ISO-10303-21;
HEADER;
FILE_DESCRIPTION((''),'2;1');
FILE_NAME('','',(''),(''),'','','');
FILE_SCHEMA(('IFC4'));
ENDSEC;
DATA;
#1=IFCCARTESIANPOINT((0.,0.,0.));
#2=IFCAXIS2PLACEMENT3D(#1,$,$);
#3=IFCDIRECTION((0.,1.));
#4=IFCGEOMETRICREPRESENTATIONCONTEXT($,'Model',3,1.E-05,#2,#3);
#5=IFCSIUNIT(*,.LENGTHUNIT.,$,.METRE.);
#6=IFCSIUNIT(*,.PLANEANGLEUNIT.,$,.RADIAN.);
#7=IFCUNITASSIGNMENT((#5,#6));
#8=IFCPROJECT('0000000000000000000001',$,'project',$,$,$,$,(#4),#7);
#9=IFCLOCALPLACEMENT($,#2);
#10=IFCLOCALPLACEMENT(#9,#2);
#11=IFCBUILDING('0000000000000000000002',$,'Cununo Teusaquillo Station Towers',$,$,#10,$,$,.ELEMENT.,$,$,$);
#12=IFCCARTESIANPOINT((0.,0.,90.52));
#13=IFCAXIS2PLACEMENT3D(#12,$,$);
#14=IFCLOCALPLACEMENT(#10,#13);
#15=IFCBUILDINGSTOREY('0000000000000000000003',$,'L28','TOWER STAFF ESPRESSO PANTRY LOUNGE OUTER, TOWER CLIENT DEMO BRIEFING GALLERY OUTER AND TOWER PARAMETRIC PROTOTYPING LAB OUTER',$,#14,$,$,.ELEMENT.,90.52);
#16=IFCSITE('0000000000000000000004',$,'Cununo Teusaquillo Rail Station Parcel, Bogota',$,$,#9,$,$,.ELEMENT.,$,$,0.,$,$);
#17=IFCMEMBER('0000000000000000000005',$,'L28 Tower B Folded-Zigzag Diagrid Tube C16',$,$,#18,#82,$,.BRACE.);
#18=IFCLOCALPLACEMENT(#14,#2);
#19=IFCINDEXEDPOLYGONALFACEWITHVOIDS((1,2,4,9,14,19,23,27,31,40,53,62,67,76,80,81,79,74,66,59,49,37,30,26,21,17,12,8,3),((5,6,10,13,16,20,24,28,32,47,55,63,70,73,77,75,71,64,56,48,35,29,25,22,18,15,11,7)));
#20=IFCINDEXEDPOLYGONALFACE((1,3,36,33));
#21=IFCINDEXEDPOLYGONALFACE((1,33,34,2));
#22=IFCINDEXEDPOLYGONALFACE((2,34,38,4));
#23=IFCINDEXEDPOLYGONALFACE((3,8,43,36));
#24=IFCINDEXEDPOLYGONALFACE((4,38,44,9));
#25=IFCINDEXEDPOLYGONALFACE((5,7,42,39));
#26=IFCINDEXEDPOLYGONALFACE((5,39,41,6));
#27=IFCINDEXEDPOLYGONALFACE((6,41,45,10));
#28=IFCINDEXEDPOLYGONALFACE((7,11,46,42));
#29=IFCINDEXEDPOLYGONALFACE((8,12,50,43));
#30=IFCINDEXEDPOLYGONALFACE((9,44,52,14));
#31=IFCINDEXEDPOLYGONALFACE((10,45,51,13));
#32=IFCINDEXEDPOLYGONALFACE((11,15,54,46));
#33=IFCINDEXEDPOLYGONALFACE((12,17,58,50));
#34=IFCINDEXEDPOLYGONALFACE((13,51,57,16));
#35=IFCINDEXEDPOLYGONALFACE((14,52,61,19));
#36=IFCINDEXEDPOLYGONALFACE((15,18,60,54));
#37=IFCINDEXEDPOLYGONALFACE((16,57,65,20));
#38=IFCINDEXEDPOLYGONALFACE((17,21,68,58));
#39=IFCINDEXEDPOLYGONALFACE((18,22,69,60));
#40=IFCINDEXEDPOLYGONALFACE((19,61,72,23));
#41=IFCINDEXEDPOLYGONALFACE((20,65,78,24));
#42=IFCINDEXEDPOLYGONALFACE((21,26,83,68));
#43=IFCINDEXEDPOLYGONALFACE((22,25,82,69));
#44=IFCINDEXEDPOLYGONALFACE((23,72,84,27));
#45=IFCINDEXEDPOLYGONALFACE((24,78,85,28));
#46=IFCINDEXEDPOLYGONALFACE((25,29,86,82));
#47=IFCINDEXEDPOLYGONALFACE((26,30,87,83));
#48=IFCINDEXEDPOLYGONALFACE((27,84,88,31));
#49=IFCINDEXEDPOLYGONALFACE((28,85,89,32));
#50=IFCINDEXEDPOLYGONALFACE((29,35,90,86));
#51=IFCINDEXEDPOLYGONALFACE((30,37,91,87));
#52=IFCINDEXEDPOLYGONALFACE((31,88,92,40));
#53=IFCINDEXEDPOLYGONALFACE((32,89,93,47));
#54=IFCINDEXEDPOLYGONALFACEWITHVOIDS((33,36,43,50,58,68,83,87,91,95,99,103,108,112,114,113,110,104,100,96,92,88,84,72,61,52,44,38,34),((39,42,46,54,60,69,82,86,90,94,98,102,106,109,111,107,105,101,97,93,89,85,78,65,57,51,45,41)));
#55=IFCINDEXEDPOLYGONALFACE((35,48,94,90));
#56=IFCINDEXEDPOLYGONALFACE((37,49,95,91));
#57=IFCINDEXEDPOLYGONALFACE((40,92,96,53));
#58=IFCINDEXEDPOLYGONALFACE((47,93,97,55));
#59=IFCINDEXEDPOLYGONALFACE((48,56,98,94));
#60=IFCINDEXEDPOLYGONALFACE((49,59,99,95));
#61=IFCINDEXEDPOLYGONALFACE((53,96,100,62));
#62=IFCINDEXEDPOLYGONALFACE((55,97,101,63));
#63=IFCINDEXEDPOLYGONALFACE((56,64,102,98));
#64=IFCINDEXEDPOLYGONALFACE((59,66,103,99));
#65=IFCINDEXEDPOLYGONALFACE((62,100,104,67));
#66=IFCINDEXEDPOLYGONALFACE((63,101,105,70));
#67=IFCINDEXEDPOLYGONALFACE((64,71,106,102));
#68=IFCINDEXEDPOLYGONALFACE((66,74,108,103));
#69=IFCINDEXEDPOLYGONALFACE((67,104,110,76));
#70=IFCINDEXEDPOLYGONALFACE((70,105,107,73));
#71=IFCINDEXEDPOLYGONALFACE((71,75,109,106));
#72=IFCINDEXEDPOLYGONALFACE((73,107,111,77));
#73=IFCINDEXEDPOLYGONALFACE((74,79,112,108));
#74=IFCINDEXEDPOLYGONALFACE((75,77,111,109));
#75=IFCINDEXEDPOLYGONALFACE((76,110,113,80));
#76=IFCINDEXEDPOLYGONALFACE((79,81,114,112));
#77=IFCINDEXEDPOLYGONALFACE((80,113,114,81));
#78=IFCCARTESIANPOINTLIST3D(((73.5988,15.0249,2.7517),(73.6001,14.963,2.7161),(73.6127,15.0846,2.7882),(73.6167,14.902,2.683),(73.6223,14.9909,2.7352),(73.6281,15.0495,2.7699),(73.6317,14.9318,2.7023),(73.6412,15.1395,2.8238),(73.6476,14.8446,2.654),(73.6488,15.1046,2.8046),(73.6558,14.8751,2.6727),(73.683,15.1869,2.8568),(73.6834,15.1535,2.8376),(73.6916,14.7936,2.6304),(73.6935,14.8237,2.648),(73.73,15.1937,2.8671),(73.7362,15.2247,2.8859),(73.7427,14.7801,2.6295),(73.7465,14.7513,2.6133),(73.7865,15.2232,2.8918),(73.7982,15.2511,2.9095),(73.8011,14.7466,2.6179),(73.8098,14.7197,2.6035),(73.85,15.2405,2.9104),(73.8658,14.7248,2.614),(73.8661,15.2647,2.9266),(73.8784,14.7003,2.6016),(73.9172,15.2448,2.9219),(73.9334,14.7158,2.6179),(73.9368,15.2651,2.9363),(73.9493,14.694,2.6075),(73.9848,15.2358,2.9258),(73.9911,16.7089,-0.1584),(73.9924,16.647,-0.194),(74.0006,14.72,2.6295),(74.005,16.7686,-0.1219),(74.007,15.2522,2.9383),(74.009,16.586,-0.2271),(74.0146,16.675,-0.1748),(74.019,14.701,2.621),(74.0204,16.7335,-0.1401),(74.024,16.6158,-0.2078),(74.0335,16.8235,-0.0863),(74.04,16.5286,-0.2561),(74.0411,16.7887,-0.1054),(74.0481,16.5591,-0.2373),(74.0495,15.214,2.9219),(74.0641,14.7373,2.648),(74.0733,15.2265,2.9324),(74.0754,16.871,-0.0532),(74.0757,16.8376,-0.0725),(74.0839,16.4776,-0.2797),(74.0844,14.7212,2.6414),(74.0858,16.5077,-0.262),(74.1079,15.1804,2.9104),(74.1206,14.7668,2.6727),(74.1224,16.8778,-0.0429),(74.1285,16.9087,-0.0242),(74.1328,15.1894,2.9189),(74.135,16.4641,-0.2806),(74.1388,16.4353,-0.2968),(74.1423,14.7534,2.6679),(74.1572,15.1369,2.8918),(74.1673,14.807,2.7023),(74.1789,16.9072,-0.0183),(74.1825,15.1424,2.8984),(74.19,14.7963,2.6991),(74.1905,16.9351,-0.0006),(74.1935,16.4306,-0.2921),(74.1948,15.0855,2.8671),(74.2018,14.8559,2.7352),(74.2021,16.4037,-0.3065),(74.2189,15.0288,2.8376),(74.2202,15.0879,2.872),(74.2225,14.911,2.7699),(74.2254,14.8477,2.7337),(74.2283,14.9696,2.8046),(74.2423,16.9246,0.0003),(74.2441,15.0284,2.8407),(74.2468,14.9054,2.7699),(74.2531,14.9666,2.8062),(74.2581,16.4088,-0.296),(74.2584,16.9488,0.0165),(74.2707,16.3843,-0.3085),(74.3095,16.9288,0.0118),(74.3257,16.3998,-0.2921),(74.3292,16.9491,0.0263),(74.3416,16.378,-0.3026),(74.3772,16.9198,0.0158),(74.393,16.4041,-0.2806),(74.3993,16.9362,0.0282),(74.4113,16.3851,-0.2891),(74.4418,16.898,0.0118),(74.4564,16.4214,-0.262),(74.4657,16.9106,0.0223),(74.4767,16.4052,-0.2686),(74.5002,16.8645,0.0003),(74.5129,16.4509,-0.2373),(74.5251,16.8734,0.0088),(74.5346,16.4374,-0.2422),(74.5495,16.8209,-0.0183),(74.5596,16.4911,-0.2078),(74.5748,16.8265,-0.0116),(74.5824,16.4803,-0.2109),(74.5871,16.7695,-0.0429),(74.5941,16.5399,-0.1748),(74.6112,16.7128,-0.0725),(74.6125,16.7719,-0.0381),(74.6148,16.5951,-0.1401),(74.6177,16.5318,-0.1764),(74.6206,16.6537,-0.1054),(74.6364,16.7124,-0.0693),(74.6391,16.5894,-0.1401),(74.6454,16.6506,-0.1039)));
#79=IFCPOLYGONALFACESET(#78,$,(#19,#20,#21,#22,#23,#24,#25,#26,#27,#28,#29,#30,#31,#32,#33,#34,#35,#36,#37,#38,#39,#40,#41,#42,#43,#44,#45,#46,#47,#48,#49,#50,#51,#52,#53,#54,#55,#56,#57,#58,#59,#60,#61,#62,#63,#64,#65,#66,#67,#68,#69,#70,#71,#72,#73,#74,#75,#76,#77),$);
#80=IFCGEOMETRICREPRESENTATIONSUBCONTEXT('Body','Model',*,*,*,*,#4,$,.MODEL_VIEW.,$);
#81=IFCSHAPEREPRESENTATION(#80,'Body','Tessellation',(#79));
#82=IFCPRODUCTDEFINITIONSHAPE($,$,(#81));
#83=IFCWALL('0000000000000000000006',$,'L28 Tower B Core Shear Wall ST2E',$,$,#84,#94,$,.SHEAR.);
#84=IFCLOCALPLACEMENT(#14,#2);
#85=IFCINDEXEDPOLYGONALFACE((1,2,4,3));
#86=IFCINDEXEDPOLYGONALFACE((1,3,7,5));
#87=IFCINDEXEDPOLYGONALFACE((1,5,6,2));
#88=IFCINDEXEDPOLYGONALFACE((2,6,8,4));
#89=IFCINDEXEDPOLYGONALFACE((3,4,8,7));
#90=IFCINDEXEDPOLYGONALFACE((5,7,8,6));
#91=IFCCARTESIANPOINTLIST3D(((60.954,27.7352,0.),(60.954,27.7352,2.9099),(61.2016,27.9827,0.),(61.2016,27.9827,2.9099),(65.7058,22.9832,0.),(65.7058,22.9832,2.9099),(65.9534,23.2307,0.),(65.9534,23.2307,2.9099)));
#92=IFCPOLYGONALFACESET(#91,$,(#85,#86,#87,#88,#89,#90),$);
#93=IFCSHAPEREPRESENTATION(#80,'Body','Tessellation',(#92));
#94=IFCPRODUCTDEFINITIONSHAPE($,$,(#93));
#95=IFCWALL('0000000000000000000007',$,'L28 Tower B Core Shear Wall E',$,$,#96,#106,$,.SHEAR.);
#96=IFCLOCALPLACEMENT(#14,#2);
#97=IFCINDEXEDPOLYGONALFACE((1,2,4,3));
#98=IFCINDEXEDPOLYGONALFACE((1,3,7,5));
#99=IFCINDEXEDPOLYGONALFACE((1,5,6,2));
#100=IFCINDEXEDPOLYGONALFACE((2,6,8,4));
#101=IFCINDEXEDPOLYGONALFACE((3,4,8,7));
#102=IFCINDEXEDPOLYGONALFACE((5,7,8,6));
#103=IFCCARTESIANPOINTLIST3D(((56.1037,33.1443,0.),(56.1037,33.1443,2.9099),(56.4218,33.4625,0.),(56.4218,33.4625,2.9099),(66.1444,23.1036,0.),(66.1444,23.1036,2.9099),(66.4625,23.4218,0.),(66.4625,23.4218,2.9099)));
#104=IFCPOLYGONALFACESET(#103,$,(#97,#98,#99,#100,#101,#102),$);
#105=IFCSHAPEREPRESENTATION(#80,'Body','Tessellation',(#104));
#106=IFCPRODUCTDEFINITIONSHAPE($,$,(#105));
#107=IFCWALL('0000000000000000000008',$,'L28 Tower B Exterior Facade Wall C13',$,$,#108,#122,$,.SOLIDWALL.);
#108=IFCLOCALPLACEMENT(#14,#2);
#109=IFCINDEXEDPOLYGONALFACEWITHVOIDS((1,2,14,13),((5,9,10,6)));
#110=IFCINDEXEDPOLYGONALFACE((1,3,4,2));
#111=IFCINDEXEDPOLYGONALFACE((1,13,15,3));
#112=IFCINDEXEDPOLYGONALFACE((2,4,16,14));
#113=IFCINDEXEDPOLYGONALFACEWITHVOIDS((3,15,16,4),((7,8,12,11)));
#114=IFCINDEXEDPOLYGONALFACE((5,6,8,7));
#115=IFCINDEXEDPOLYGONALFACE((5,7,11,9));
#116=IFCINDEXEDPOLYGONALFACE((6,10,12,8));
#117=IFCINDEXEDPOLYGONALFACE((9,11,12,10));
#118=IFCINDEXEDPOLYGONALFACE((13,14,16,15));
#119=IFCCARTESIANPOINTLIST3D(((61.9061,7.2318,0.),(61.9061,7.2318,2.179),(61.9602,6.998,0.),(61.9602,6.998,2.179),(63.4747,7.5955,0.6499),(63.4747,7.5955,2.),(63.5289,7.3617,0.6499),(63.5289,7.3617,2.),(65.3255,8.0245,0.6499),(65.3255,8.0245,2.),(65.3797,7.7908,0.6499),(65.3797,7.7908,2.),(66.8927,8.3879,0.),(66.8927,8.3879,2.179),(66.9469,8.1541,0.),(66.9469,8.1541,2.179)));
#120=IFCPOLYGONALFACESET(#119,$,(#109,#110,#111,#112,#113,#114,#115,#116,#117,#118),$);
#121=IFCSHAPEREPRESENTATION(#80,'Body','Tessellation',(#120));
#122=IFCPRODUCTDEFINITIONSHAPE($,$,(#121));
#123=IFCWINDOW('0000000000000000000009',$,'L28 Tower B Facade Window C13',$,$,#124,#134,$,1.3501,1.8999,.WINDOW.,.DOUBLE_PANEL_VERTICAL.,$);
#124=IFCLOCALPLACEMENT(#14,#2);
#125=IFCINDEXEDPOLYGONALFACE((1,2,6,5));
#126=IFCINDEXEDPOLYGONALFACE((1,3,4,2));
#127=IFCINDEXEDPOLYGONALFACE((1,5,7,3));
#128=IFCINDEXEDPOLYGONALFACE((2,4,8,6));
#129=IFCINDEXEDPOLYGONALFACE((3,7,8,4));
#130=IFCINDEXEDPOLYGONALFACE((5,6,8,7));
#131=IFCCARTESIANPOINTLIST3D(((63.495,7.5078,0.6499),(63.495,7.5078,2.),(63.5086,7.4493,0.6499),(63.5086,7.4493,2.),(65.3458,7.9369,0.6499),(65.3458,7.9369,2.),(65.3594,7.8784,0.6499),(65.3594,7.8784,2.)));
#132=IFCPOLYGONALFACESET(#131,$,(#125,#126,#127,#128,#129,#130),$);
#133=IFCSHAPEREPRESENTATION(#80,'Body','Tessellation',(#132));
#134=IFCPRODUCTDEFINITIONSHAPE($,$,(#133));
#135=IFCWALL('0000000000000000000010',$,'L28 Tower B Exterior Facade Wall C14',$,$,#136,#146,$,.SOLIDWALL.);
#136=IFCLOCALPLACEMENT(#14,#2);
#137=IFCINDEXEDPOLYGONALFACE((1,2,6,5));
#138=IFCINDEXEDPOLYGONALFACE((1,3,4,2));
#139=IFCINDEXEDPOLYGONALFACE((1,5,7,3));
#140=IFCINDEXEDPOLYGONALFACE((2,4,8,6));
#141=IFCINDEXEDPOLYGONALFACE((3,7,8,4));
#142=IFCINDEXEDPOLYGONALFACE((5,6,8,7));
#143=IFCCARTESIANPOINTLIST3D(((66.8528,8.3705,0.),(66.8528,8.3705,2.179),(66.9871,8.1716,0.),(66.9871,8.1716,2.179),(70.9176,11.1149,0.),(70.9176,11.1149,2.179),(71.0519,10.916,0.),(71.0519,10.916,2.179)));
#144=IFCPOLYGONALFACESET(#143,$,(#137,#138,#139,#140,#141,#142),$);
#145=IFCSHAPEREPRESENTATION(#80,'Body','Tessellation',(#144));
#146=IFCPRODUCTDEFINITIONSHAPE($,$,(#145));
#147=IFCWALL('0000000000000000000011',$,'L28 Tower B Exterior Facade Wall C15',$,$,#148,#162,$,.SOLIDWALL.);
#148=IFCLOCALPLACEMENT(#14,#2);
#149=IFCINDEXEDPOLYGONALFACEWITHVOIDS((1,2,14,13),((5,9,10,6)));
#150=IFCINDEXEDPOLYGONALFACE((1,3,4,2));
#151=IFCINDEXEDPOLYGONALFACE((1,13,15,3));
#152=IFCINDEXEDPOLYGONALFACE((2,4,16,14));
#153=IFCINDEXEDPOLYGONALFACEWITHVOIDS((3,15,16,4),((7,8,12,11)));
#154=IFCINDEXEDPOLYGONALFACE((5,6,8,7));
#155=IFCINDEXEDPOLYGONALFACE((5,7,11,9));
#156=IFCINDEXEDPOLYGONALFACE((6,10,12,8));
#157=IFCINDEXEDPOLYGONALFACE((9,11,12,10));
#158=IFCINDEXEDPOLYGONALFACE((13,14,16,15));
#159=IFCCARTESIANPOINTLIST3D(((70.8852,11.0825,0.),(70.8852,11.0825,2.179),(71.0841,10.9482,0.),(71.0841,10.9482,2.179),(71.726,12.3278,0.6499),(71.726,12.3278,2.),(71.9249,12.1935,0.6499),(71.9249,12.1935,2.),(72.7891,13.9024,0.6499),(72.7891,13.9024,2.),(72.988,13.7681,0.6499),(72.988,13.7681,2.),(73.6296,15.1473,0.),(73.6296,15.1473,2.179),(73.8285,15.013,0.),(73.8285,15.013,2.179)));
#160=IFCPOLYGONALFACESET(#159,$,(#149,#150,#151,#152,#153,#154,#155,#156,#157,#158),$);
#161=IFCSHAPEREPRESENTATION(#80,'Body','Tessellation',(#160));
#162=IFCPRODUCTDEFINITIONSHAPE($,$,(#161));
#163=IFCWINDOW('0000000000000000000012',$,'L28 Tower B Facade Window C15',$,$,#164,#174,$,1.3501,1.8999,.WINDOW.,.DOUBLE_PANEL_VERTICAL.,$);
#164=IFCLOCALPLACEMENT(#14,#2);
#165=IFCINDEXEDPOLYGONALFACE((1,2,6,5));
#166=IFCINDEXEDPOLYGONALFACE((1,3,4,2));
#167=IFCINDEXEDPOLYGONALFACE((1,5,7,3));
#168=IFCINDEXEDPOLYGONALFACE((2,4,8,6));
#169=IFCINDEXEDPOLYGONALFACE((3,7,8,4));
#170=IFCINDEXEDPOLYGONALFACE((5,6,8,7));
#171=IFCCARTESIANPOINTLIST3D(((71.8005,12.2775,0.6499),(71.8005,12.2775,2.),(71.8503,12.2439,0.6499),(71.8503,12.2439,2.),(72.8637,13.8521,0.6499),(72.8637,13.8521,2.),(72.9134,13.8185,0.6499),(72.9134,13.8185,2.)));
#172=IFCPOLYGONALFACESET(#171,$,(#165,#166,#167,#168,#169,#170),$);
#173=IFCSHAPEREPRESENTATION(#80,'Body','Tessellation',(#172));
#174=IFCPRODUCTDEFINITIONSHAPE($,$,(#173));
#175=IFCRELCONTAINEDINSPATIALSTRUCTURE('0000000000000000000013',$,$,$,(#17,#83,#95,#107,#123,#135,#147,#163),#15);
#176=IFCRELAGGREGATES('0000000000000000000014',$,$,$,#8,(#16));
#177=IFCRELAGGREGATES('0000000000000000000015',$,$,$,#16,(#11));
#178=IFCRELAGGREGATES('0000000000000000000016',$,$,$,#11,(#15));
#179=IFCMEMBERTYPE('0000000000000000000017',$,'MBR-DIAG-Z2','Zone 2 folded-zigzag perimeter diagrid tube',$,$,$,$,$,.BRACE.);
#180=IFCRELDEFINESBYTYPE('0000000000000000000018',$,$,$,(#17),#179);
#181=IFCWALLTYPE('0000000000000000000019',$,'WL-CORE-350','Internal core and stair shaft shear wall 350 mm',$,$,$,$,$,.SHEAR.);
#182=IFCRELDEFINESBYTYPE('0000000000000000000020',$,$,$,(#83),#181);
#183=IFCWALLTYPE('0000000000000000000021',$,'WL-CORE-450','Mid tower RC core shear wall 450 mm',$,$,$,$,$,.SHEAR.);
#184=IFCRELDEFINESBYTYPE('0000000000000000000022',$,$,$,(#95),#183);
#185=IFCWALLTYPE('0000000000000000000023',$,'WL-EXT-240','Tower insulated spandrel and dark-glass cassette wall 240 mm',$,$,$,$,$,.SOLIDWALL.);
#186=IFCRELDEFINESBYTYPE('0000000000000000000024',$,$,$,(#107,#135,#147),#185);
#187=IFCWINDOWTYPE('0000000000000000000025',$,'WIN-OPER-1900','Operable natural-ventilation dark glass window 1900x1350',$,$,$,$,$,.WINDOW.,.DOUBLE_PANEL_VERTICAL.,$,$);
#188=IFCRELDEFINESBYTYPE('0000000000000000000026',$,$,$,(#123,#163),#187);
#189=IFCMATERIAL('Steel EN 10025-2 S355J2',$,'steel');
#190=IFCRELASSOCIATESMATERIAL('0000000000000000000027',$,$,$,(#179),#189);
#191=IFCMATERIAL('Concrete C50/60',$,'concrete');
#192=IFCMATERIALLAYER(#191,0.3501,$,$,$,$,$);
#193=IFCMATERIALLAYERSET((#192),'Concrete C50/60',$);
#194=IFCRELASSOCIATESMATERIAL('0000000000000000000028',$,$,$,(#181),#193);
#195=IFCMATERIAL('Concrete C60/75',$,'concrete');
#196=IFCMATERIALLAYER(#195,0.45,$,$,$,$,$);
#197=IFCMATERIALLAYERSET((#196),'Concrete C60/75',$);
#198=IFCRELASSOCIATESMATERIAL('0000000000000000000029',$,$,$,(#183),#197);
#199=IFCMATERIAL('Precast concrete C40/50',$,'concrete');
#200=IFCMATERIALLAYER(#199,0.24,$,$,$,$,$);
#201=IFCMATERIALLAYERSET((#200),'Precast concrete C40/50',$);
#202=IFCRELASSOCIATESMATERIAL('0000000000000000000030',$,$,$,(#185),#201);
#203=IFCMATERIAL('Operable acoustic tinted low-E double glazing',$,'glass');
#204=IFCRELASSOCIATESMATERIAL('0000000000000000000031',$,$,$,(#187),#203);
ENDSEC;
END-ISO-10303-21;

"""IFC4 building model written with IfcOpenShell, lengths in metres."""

from ifc_helpers import new_model, si_unit, direction, frame, frame_2d, origin, origin_2d, place, context, subcontext, project, spatial, rectangle, hollow_circle, extrude, source, transform, mapped, material, layer, layer_set, material_profile, profile_set, type_object, element, fill, save


model = new_model("IFC4")

# Units and contexts
model_context = context("Model", 3, precision=1e-05, world=origin(), true_north=direction((0.0, 1.0)))
body_context = subcontext(model_context, "Body", "Model", "MODEL_VIEW")
ifc_project = project(units=[si_unit("LENGTHUNIT", "METRE"), si_unit("PLANEANGLEUNIT", "RADIAN")], contexts=[model_context])

# Site, building, storey
site_placement = place(None, origin())
site = spatial("IfcSite", under=ifc_project, at=site_placement, Name="Cununo Teusaquillo Rail Station Parcel, Bogota", CompositionType="ELEMENT", RefElevation=0.0)
building_placement = place(site_placement, origin())
building = spatial("IfcBuilding", under=site, at=building_placement, Name="Cununo Teusaquillo Station Towers", CompositionType="ELEMENT")
storey_placement = place(building_placement, frame((0.0, 0.0, 90.52)))
storey = spatial("IfcBuildingStorey", under=building, at=storey_placement, Name="L28", Description="TOWER STAFF ESPRESSO PANTRY LOUNGE OUTER, TOWER CLIENT DEMO BRIEFING GALLERY OUTER AND TOWER PARAMETRIC PROTOTYPING LAB OUTER", CompositionType="ELEMENT", Elevation=90.52)

# Member
ifc_material_1 = material(Name="Steel EN 10025-2 S355J2", Category="steel")
ifc_material_profile_1 = material_profile(ifc_material_1, hollow_circle(Radius=0.3301, WallThickness=0.0249, at=origin_2d()), Name="CHS 660x25")
ifc_profile_set_1 = profile_set([ifc_material_profile_1], Name="Steel EN 10025-2 S355J2")
member_type = type_object("IfcMemberType", Name="MBR-DIAG-Z2", Description="Zone 2 folded-zigzag perimeter diagrid tube", PredefinedType="BRACE", material=ifc_profile_set_1)
member_1_placement = place(storey_placement, frame((74.3176, 16.6643, -0.1401), z_axis=(-0.115899, -0.497495, 0.85969), x_axis=(0.97392, -0.22689, 0.0)))
element("IfcMember", 1, at=member_1_placement, inside=storey, type_object=member_type, Name="L28 Tower B Folded-Zigzag Diagrid Tube C16", PredefinedType="BRACE", context=body_context, shape_type="SweptSolid", body=[
    extrude(hollow_circle(Radius=0.3301, WallThickness=0.0249, at=origin_2d()), origin(), (0.0, 0.0, 1.0), 3.385),
])

# Walls
ifc_material_2 = material(Name="Concrete C50/60", Category="concrete")
ifc_layer_1 = layer(ifc_material_2, 0.3501)
ifc_layer_set_1 = layer_set([ifc_layer_1], Name="Concrete C50/60")
wall_type_1 = type_object("IfcWallType", Name="WL-CORE-350", Description="Internal core and stair shaft shear wall 350 mm", PredefinedType="SHEAR", material=ifc_layer_set_1)
wall_1_placement = place(storey_placement, frame((65.8296, 23.1069, 0.0), z_axis=(0.0, 0.0, 1.0), x_axis=(-0.707089, 0.707125, 0.0)))
element("IfcWall", 2, at=wall_1_placement, inside=storey, type_object=wall_type_1, Name="L28 Tower B Core Shear Wall ST2E", PredefinedType="SHEAR", context=body_context, shape_type="SweptSolid", body=[
    extrude(rectangle(XDim=6.7202, YDim=0.3501, at=frame_2d((3.3601, 0.0))), origin(), (0.0, 0.0, 1.0), 2.9099),
])
ifc_material_3 = material(Name="Concrete C60/75", Category="concrete")
ifc_layer_2 = layer(ifc_material_3, 0.45)
ifc_layer_set_2 = layer_set([ifc_layer_2], Name="Concrete C60/75")
wall_type_2 = type_object("IfcWallType", Name="WL-CORE-450", Description="Mid tower RC core shear wall 450 mm", PredefinedType="SHEAR", material=ifc_layer_set_2)
wall_2_placement = place(storey_placement, frame((66.3035, 23.2627, 0.0), z_axis=(0.0, 0.0, 1.0), x_axis=(-0.707107, 0.707107, 0.0)))
element("IfcWall", 3, at=wall_2_placement, inside=storey, type_object=wall_type_2, Name="L28 Tower B Core Shear Wall E", PredefinedType="SHEAR", context=body_context, shape_type="SweptSolid", body=[
    extrude(rectangle(XDim=14.1997, YDim=0.45, at=frame_2d((7.0999, 0.0))), origin(), (0.0, 0.0, 1.0), 2.9099),
])

# Wall, opening, window
ifc_material_4 = material(Name="Precast concrete C40/50", Category="concrete")
ifc_layer_3 = layer(ifc_material_4, 0.24)
ifc_layer_set_3 = layer_set([ifc_layer_3], Name="Precast concrete C40/50")
wall_type_3 = type_object("IfcWallType", Name="WL-EXT-240", Description="Tower insulated spandrel and dark-glass cassette wall 240 mm", PredefinedType="SOLIDWALL", material=ifc_layer_set_3)
wall_3_placement = place(storey_placement, frame((66.9199, 8.271, 0.0), z_axis=(0.0, 0.0, 1.0), x_axis=(-0.974166, -0.225835, 0.0)))
wall_3 = element("IfcWall", 4, at=wall_3_placement, inside=storey, type_object=wall_type_3, Name="L28 Tower B Exterior Facade Wall C13", PredefinedType="SOLIDWALL", context=body_context, shape_type="SweptSolid", body=[
    extrude(rectangle(XDim=5.1189, YDim=0.24, at=frame_2d((2.5596, 0.0))), origin(), (0.0, 0.0, 1.0), 2.179),
])
shared_shape_1 = source(origin(), body_context, "Body", "SweptSolid", [
    extrude(rectangle(XDim=1.8999, YDim=1.3501, at=frame_2d((0.95, 0.675))), frame((0.0, 0.1299, 0.0), z_axis=(0.0, -1.0, 0.0), x_axis=(1.0, 0.0, 0.0)), (0.0, 0.0, 1.0), 0.26),
])
opening_1_placement = place(wall_3_placement, frame((1.6089, 0.0, 0.6499)))
opening_1 = element("IfcOpeningElement", 5, at=opening_1_placement, cuts=wall_3, PredefinedType="OPENING", context=body_context, shape_type="MappedRepresentation", body=[
    mapped(shared_shape_1, transform((0.0, 0.0, 0.0), x_axis=(1.0, 0.0, 0.0), y_axis=(0.0, 1.0, 0.0), z_axis=(0.0, 0.0, 1.0), scale=1.0)),
])
ifc_material_5 = material(Name="Operable acoustic tinted low-E double glazing", Category="glass")
window_type = type_object("IfcWindowType", Name="WIN-OPER-1900", Description="Operable natural-ventilation dark glass window 1900x1350", PartitioningType="DOUBLE_PANEL_VERTICAL", PredefinedType="WINDOW", material=ifc_material_5)
shared_shape_2 = source(origin(), body_context, "Body", "SweptSolid", [
    extrude(rectangle(XDim=1.8999, YDim=1.3501, at=frame_2d((0.95, 0.675))), frame((0.0, 0.03, 0.0), z_axis=(0.0, -1.0, 0.0), x_axis=(1.0, 0.0, 0.0)), (0.0, 0.0, 1.0), 0.0601),
])
window_1_placement = place(opening_1_placement, origin())
window_1 = element("IfcWindow", 6, at=window_1_placement, inside=storey, type_object=window_type, Name="L28 Tower B Facade Window C13", OverallHeight=1.3501, OverallWidth=1.8999, PartitioningType="DOUBLE_PANEL_VERTICAL", PredefinedType="WINDOW", context=body_context, shape_type="MappedRepresentation", body=[
    mapped(shared_shape_2, transform((0.0, 0.0, 0.0), x_axis=(1.0, 0.0, 0.0), y_axis=(0.0, 1.0, 0.0), z_axis=(0.0, 0.0, 1.0), scale=1.0)),
])
fill(opening_1, window_1)

# Wall
wall_4_placement = place(storey_placement, frame((70.9846, 11.0154, 0.0), z_axis=(0.0, 0.0, 1.0), x_axis=(-0.828781, -0.559573, 0.0)))
element("IfcWall", 7, at=wall_4_placement, inside=storey, type_object=wall_type_3, Name="L28 Tower B Exterior Facade Wall C14", PredefinedType="SOLIDWALL", context=body_context, shape_type="SweptSolid", body=[
    extrude(rectangle(XDim=4.9045, YDim=0.24, at=frame_2d((2.4521, 0.0))), origin(), (0.0, 0.0, 1.0), 2.179),
])

# Wall, opening, window
wall_5_placement = place(storey_placement, frame((73.729, 15.0801, 0.0), z_axis=(0.0, 0.0, 1.0), x_axis=(-0.559573, -0.828781, 0.0)))
wall_5 = element("IfcWall", 8, at=wall_5_placement, inside=storey, type_object=wall_type_3, Name="L28 Tower B Exterior Facade Wall C15", PredefinedType="SOLIDWALL", context=body_context, shape_type="SweptSolid", body=[
    extrude(rectangle(XDim=4.9045, YDim=0.24, at=frame_2d((2.4521, 0.0))), origin(), (0.0, 0.0, 1.0), 2.179),
])
opening_2_placement = place(wall_5_placement, frame((1.502, 0.0, 0.6499)))
opening_2 = element("IfcOpeningElement", 9, at=opening_2_placement, cuts=wall_5, PredefinedType="OPENING", context=body_context, shape_type="MappedRepresentation", body=[
    mapped(shared_shape_1, transform((0.0, 0.0, 0.0), x_axis=(1.0, 0.0, 0.0), y_axis=(0.0, 1.0, 0.0), z_axis=(0.0, 0.0, 1.0), scale=1.0)),
])
window_2_placement = place(opening_2_placement, origin())
window_2 = element("IfcWindow", 10, at=window_2_placement, inside=storey, type_object=window_type, Name="L28 Tower B Facade Window C15", OverallHeight=1.3501, OverallWidth=1.8999, PartitioningType="DOUBLE_PANEL_VERTICAL", PredefinedType="WINDOW", context=body_context, shape_type="MappedRepresentation", body=[
    mapped(shared_shape_2, transform((0.0, 0.0, 0.0), x_axis=(1.0, 0.0, 0.0), y_axis=(0.0, 1.0, 0.0), z_axis=(0.0, 0.0, 1.0), scale=1.0)),
])
fill(opening_2, window_2)

save(model, "model.ifc")
